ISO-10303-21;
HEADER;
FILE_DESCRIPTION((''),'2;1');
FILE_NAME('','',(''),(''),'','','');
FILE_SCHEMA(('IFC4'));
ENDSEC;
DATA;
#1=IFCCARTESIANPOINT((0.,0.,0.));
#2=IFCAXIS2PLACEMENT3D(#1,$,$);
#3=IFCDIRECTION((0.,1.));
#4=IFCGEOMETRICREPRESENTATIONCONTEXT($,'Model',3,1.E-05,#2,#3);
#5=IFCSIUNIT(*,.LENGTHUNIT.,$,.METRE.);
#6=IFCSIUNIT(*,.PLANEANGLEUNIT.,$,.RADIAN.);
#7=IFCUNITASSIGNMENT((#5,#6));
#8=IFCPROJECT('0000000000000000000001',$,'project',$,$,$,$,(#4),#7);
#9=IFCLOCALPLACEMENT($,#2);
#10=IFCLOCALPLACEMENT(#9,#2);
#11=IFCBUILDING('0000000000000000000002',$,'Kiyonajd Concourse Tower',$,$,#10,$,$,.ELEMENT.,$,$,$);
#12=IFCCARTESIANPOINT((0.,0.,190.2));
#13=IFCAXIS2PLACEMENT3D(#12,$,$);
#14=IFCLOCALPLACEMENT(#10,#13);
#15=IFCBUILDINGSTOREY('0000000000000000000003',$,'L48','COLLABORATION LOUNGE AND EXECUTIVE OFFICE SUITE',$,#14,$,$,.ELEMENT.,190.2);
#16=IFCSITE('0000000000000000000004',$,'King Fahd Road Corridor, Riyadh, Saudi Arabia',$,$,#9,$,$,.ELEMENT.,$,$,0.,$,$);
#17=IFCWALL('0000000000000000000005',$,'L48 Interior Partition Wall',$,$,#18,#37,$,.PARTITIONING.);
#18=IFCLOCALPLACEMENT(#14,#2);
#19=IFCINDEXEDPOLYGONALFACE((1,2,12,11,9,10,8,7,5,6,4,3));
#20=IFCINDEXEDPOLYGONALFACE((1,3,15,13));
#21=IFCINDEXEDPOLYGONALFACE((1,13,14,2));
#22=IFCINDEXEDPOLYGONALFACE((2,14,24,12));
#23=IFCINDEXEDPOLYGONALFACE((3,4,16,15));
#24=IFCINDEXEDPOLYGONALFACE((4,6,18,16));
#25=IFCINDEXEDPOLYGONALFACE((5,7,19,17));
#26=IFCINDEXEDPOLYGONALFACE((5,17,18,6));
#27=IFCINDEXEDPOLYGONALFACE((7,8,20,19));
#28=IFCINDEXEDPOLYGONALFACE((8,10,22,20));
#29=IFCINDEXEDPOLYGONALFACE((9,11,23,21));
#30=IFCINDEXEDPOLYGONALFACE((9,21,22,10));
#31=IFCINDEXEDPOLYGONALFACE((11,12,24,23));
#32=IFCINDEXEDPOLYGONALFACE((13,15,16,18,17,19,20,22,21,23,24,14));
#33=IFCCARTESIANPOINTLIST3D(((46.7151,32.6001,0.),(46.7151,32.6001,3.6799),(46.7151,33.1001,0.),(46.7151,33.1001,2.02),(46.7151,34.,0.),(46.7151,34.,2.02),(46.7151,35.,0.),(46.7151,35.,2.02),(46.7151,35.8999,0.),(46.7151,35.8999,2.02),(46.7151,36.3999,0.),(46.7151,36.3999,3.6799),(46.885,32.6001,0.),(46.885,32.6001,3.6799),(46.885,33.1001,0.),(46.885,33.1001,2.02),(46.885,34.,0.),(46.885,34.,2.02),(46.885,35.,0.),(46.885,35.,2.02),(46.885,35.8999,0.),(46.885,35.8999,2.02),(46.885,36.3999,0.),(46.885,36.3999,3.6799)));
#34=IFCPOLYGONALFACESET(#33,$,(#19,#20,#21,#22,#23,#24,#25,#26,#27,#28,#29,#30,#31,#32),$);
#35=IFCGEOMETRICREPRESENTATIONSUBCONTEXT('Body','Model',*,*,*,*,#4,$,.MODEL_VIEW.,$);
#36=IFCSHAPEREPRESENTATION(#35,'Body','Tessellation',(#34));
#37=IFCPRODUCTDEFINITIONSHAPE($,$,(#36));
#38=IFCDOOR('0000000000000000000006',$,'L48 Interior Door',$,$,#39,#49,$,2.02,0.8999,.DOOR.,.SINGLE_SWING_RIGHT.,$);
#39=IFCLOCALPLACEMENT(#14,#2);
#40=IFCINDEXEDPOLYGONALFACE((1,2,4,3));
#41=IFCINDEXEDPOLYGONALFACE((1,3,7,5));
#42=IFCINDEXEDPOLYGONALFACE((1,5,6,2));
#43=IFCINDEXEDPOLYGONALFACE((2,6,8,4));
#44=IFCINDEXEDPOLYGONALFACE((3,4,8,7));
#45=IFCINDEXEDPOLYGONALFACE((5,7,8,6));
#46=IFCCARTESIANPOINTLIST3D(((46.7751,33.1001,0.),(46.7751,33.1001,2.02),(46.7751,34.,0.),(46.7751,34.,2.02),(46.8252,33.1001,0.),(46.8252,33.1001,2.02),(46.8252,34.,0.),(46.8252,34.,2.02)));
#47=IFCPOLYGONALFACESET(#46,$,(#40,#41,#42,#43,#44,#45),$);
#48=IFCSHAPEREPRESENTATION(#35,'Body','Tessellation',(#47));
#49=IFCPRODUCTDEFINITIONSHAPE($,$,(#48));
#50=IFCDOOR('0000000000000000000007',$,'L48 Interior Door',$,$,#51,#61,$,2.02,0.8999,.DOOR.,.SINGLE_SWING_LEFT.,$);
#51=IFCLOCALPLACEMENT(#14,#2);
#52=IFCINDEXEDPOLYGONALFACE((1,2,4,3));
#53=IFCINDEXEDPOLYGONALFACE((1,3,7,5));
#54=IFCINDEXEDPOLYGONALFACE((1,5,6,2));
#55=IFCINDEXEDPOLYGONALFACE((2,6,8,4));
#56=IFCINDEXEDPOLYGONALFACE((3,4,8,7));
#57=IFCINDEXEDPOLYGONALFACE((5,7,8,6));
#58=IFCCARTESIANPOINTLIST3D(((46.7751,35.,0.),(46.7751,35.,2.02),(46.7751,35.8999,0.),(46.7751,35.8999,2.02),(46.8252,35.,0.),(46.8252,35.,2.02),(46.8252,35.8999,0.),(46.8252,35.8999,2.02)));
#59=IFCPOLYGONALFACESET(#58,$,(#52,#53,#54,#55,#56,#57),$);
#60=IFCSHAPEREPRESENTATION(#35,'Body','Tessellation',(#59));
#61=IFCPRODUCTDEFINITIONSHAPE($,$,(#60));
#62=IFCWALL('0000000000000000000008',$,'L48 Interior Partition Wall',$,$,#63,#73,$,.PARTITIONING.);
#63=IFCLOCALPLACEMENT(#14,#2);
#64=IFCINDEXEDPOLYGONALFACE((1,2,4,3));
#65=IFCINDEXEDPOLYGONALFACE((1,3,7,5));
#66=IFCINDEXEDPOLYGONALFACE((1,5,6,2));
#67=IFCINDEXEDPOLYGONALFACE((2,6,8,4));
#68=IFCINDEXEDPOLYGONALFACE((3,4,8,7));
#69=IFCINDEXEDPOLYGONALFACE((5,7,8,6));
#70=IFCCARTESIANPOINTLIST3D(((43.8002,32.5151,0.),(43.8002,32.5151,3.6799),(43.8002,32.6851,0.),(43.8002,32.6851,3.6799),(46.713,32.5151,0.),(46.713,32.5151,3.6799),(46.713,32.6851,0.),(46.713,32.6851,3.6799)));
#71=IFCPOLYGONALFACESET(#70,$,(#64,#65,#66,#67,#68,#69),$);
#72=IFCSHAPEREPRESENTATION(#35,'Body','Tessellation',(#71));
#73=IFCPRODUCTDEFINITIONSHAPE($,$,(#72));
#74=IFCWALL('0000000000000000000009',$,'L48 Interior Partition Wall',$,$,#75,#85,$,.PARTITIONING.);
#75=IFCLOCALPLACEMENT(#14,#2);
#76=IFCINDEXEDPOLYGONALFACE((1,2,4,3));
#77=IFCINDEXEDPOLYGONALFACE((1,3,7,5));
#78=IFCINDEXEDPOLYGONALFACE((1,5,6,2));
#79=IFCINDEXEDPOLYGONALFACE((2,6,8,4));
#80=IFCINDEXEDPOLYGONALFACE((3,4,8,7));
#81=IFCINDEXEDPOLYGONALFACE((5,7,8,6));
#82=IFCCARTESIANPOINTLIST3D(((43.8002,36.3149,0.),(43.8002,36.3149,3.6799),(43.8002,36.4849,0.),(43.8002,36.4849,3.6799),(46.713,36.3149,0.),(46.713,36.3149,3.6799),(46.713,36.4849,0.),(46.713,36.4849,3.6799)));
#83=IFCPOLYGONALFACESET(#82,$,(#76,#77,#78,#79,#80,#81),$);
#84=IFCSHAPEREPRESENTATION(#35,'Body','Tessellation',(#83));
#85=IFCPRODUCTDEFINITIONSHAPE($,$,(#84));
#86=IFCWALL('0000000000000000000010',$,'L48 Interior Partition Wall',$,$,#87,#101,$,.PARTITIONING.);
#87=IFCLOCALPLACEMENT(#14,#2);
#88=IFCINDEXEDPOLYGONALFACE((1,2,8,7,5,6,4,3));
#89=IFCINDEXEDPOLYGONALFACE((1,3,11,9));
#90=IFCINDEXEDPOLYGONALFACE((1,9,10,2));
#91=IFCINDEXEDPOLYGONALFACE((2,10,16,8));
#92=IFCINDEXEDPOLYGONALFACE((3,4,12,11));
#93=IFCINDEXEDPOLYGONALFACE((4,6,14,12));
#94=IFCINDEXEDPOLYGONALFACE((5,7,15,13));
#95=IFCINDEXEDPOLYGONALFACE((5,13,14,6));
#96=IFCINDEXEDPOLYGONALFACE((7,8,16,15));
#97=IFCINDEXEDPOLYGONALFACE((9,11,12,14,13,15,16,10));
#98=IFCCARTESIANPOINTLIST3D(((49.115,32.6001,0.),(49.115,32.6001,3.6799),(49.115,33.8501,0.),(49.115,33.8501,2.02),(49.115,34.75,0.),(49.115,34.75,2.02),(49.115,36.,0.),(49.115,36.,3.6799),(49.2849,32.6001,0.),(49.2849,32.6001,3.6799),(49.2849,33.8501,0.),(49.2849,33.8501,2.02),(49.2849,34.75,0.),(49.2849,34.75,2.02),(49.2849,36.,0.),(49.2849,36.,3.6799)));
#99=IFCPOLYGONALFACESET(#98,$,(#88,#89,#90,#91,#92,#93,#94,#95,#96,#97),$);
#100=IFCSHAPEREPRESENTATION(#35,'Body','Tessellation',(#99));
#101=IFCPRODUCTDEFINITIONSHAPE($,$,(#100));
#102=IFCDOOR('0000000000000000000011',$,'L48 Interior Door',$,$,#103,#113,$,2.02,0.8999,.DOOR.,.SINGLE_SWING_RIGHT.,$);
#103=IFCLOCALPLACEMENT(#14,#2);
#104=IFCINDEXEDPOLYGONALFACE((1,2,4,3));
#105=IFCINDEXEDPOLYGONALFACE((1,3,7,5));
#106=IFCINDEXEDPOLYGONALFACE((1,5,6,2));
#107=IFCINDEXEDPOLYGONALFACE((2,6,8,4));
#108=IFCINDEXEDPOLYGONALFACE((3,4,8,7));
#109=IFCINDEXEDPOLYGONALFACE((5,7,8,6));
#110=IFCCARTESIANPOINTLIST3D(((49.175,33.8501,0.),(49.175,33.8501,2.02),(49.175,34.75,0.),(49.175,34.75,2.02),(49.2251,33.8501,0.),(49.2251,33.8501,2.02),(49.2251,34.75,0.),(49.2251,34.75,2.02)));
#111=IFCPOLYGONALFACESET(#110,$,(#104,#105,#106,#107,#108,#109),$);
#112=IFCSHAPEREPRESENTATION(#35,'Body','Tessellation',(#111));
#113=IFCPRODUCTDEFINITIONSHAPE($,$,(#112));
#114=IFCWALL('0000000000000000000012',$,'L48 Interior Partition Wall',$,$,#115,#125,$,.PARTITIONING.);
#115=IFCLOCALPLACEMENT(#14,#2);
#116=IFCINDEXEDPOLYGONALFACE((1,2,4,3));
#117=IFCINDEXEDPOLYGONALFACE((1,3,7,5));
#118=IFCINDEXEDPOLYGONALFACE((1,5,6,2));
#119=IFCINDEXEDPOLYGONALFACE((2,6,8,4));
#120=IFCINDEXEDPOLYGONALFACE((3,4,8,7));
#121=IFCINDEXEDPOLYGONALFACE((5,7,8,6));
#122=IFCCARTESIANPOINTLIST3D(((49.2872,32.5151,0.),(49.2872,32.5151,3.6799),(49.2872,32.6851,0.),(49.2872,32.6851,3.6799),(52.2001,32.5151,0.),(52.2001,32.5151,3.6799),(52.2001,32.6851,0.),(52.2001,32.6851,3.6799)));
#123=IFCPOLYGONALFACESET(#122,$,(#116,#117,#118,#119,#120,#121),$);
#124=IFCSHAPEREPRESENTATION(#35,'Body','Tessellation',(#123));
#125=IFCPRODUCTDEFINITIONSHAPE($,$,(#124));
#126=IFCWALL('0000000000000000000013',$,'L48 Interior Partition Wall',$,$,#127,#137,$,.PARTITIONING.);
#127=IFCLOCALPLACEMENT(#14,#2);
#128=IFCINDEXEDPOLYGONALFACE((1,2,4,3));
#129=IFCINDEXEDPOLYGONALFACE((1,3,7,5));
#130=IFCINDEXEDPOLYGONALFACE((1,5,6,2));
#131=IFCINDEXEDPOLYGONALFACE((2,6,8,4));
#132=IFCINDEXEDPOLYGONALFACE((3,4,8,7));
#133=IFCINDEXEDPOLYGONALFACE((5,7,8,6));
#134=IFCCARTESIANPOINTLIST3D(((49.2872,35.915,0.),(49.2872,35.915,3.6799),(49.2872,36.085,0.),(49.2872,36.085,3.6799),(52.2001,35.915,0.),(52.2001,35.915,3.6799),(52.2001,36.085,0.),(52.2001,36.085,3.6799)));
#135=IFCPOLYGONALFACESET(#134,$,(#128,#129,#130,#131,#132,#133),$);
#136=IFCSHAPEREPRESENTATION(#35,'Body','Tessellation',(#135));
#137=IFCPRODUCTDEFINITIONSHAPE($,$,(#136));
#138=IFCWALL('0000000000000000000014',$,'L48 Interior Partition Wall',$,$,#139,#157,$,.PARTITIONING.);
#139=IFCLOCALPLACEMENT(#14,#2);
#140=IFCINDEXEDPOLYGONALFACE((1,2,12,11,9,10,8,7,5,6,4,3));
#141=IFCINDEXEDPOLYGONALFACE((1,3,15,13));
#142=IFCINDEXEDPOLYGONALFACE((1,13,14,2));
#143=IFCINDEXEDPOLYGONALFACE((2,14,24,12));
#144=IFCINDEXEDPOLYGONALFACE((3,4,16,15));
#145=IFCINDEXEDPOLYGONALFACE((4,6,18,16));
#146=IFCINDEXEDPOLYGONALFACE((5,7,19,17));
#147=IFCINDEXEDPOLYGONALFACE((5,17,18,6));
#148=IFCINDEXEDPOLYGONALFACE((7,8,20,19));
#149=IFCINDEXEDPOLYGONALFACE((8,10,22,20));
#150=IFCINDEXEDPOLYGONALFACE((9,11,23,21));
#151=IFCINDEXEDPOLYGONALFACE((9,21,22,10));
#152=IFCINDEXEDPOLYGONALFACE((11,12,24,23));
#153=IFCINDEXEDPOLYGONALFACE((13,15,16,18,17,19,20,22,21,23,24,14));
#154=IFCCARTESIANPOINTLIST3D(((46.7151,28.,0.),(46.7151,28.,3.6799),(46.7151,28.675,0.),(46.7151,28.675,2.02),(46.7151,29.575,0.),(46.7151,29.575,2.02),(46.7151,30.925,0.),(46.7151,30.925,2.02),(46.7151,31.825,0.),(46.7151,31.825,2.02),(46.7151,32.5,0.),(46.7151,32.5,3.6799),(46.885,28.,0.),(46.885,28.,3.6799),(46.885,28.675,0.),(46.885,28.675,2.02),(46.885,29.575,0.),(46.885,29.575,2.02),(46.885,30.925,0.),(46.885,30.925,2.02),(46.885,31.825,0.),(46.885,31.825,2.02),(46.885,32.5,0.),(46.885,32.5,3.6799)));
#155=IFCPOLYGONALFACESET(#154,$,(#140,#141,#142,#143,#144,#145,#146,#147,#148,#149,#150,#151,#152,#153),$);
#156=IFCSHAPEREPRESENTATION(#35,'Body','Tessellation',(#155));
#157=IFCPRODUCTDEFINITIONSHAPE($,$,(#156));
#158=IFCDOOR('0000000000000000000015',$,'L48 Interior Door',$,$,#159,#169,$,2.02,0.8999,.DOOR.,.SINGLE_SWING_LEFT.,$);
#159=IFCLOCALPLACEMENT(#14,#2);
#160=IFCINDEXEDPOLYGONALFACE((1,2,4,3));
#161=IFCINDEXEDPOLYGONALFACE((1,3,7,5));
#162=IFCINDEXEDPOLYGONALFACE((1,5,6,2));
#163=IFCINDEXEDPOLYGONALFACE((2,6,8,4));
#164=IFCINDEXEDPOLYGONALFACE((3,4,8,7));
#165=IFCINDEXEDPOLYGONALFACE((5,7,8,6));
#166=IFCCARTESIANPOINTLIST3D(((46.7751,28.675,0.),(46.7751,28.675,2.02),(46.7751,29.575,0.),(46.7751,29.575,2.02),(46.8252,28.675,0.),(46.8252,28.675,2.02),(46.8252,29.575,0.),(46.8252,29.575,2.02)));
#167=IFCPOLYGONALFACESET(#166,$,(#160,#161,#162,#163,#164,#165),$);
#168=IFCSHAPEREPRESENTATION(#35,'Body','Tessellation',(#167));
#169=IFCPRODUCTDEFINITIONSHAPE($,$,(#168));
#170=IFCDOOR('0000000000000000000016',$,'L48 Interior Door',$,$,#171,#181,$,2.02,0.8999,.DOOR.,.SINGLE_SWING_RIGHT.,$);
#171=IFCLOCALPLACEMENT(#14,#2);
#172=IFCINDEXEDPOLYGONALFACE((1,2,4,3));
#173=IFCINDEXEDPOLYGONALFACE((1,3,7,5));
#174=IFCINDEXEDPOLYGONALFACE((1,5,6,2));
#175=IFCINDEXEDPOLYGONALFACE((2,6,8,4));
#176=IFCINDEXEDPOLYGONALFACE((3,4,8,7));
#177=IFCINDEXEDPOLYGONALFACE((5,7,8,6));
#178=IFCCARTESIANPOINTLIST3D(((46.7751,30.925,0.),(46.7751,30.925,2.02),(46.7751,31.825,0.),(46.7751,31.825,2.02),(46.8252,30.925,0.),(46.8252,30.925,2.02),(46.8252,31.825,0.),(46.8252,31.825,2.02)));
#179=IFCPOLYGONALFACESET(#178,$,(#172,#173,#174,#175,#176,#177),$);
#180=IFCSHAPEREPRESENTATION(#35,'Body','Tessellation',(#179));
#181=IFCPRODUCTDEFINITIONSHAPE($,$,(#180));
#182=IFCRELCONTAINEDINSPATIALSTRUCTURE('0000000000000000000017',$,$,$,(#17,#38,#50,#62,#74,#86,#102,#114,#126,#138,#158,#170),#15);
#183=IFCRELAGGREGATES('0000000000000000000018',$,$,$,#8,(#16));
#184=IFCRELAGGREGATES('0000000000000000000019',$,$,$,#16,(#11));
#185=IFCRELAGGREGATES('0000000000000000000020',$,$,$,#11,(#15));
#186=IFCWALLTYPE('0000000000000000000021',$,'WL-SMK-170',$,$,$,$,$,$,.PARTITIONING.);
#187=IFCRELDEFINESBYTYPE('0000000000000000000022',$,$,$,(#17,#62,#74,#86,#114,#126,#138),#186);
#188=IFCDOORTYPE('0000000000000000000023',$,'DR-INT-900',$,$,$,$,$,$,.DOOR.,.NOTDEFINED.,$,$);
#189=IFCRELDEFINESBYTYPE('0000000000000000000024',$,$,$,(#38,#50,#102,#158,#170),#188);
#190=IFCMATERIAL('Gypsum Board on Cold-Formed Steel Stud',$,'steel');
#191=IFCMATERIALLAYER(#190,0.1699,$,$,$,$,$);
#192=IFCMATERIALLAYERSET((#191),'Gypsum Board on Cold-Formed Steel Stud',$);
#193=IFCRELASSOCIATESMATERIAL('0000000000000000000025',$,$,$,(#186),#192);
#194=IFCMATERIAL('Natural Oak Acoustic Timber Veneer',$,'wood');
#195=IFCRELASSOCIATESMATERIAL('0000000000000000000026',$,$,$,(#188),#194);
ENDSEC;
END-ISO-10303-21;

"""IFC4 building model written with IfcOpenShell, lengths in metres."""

from ifc_helpers import new_model, si_unit, direction, frame, frame_2d, origin, place, context, subcontext, project, spatial, rectangle, extrude, material, layer, layer_set, type_object, element, fill, save


model = new_model("IFC4")

# Units and contexts
model_context = context("Model", 3, precision=1e-05, world=origin(), true_north=direction((0.0, 1.0)))
body_context = subcontext(model_context, "Body", "Model", "MODEL_VIEW")
ifc_project = project(units=[si_unit("LENGTHUNIT", "METRE"), si_unit("PLANEANGLEUNIT", "RADIAN")], contexts=[model_context])

# Site, building, storey
site_placement = place(None, origin())
site = spatial("IfcSite", under=ifc_project, at=site_placement, Name="King Fahd Road Corridor, Riyadh, Saudi Arabia", CompositionType="ELEMENT", RefElevation=0.0)
building_placement = place(site_placement, origin())
building = spatial("IfcBuilding", under=site, at=building_placement, Name="Kiyonajd Concourse Tower", CompositionType="ELEMENT")
storey_placement = place(building_placement, frame((0.0, 0.0, 190.2)))
storey = spatial("IfcBuildingStorey", under=building, at=storey_placement, Name="L48", Description="COLLABORATION LOUNGE AND EXECUTIVE OFFICE SUITE", CompositionType="ELEMENT", Elevation=190.2)

# Shared definitions
ifc_material_1 = material(Name="Gypsum Board on Cold-Formed Steel Stud", Category="steel")

# Wall, openings, doors
ifc_layer_1 = layer(ifc_material_1, 0.1699)
ifc_layer_set_1 = layer_set([ifc_layer_1], Name="Gypsum Board on Cold-Formed Steel Stud")
wall_type_1 = type_object("IfcWallType", Name="WL-SMK-170", PredefinedType="PARTITIONING", material=ifc_layer_set_1)
wall_1_placement = place(storey_placement, frame((46.8, 32.6001, 0.0), z_axis=(0.0, 0.0, 1.0), x_axis=(0.0, 1.0, 0.0)))
wall_1 = element("IfcWall", 1, at=wall_1_placement, inside=storey, type_object=wall_type_1, Name="L48 Interior Partition Wall", PredefinedType="PARTITIONING", context=body_context, shape_type="SweptSolid", body=[
    extrude(rectangle(XDim=3.7998, YDim=0.1699, at=frame_2d((1.8999, 0.0))), origin(), (0.0, 0.0, 1.0), 3.6799),
])
opening_1_placement = place(wall_1_placement, frame((0.5, 0.0, 0.0)))
opening_1 = element("IfcOpeningElement", 2, at=opening_1_placement, cuts=wall_1, PredefinedType="OPENING", context=body_context, shape_type="SweptSolid", body=[
    extrude(rectangle(XDim=0.8999, YDim=2.02, at=frame_2d((0.45, 1.01))), frame((0.0, 0.095, 0.0), z_axis=(0.0, -1.0, 0.0), x_axis=(1.0, 0.0, 0.0)), (0.0, 0.0, 1.0), 0.1899),
])
opening_2_placement = place(wall_1_placement, frame((2.3999, 0.0, 0.0)))
opening_2 = element("IfcOpeningElement", 3, at=opening_2_placement, cuts=wall_1, PredefinedType="OPENING", context=body_context, shape_type="SweptSolid", body=[
    extrude(rectangle(XDim=0.8999, YDim=2.02, at=frame_2d((0.45, 1.01))), frame((0.0, 0.095, 0.0), z_axis=(0.0, -1.0, 0.0), x_axis=(1.0, 0.0, 0.0)), (0.0, 0.0, 1.0), 0.1899),
])
ifc_material_2 = material(Name="Natural Oak Acoustic Timber Veneer", Category="wood")
door_type_1 = type_object("IfcDoorType", Name="DR-INT-900", OperationType="NOTDEFINED", PredefinedType="DOOR", material=ifc_material_2)
door_1_placement = place(opening_1_placement, origin())
door_1 = element("IfcDoor", 4, at=door_1_placement, inside=storey, type_object=door_type_1, Name="L48 Interior Door", OperationType="SINGLE_SWING_RIGHT", OverallHeight=2.02, OverallWidth=0.8999, PredefinedType="DOOR", context=body_context, shape_type="SweptSolid", body=[
    extrude(rectangle(XDim=0.8999, YDim=2.02, at=frame_2d((0.45, 1.01))), frame((0.0, 0.0249, 0.0), z_axis=(0.0, -1.0, 0.0), x_axis=(1.0, 0.0, 0.0)), (0.0, 0.0, 1.0), 0.05),
])
fill(opening_1, door_1)
door_2_placement = place(opening_2_placement, origin())
door_2 = element("IfcDoor", 5, at=door_2_placement, inside=storey, type_object=door_type_1, Name="L48 Interior Door", OperationType="SINGLE_SWING_LEFT", OverallHeight=2.02, OverallWidth=0.8999, PredefinedType="DOOR", context=body_context, shape_type="SweptSolid", body=[
    extrude(rectangle(XDim=0.8999, YDim=2.02, at=frame_2d((0.45, 1.01))), frame((0.0, 0.0249, 0.0), z_axis=(0.0, -1.0, 0.0), x_axis=(1.0, 0.0, 0.0)), (0.0, 0.0, 1.0), 0.05),
])
fill(opening_2, door_2)

# Walls
for number, where, z_axis, x_axis, name in (
    (6, (43.8, 32.6001, 0.0), (0.0, 0.0, 1.0), (1.0, 0.0, 0.0), "L48 Interior Partition Wall"),
    (7, (43.8, 36.3999, 0.0), (0.0, 0.0, 1.0), (1.0, 0.0, 0.0), "L48 Interior Partition Wall"),
):
    element("IfcWall", number, at=place(storey_placement, frame(where, z_axis=z_axis, x_axis=x_axis)), inside=storey, type_object=wall_type_1, Name=name, PredefinedType="PARTITIONING", context=body_context, shape_type="SweptSolid", body=[
        extrude(rectangle(XDim=2.9128, YDim=0.1699, at=frame_2d((1.4565, 0.0))), origin(), (0.0, 0.0, 1.0), 3.6799),
    ])

# Wall, opening, door
wall_2_placement = place(storey_placement, frame((49.2, 32.6001, 0.0), z_axis=(0.0, 0.0, 1.0), x_axis=(0.0, 1.0, 0.0)))
wall_2 = element("IfcWall", 8, at=wall_2_placement, inside=storey, type_object=wall_type_1, Name="L48 Interior Partition Wall", PredefinedType="PARTITIONING", context=body_context, shape_type="SweptSolid", body=[
    extrude(rectangle(XDim=3.3999, YDim=0.1699, at=frame_2d((1.7, 0.0))), origin(), (0.0, 0.0, 1.0), 3.6799),
])
opening_3_placement = place(wall_2_placement, frame((1.25, 0.0, 0.0)))
opening_3 = element("IfcOpeningElement", 9, at=opening_3_placement, cuts=wall_2, PredefinedType="OPENING", context=body_context, shape_type="SweptSolid", body=[
    extrude(rectangle(XDim=0.8999, YDim=2.02, at=frame_2d((0.45, 1.01))), frame((0.0, 0.095, 0.0), z_axis=(0.0, -1.0, 0.0), x_axis=(1.0, 0.0, 0.0)), (0.0, 0.0, 1.0), 0.1899),
])
door_3_placement = place(opening_3_placement, origin())
door_3 = element("IfcDoor", 10, at=door_3_placement, inside=storey, type_object=door_type_1, Name="L48 Interior Door", OperationType="SINGLE_SWING_RIGHT", OverallHeight=2.02, OverallWidth=0.8999, PredefinedType="DOOR", context=body_context, shape_type="SweptSolid", body=[
    extrude(rectangle(XDim=0.8999, YDim=2.02, at=frame_2d((0.45, 1.01))), frame((0.0, 0.0249, 0.0), z_axis=(0.0, -1.0, 0.0), x_axis=(1.0, 0.0, 0.0)), (0.0, 0.0, 1.0), 0.05),
])
fill(opening_3, door_3)

# Walls
for number, where, z_axis, x_axis, name in (
    (11, (49.2871, 32.6001, 0.0), (0.0, 0.0, 1.0), (1.0, 0.0, 0.0), "L48 Interior Partition Wall"),
    (12, (49.2871, 36.0, 0.0), (0.0, 0.0, 1.0), (1.0, 0.0, 0.0), "L48 Interior Partition Wall"),
):
    element("IfcWall", number, at=place(storey_placement, frame(where, z_axis=z_axis, x_axis=x_axis)), inside=storey, type_object=wall_type_1, Name=name, PredefinedType="PARTITIONING", context=body_context, shape_type="SweptSolid", body=[
        extrude(rectangle(XDim=2.9128, YDim=0.1699, at=frame_2d((1.4565, 0.0))), origin(), (0.0, 0.0, 1.0), 3.6799),
    ])

# Wall, openings, doors
wall_3_placement = place(storey_placement, frame((46.8, 28.0, 0.0), z_axis=(0.0, 0.0, 1.0), x_axis=(0.0, 1.0, 0.0)))
wall_3 = element("IfcWall", 13, at=wall_3_placement, inside=storey, type_object=wall_type_1, Name="L48 Interior Partition Wall", PredefinedType="PARTITIONING", context=body_context, shape_type="SweptSolid", body=[
    extrude(rectangle(XDim=4.5, YDim=0.1699, at=frame_2d((2.25, 0.0))), origin(), (0.0, 0.0, 1.0), 3.6799),
])
opening_4_placement = place(wall_3_placement, frame((0.675, 0.0, 0.0)))
opening_4 = element("IfcOpeningElement", 14, at=opening_4_placement, cuts=wall_3, PredefinedType="OPENING", context=body_context, shape_type="SweptSolid", body=[
    extrude(rectangle(XDim=0.8999, YDim=2.02, at=frame_2d((0.45, 1.01))), frame((0.0, 0.095, 0.0), z_axis=(0.0, -1.0, 0.0), x_axis=(1.0, 0.0, 0.0)), (0.0, 0.0, 1.0), 0.1899),
])
opening_5_placement = place(wall_3_placement, frame((2.925, 0.0, 0.0)))
opening_5 = element("IfcOpeningElement", 15, at=opening_5_placement, cuts=wall_3, PredefinedType="OPENING", context=body_context, shape_type="SweptSolid", body=[
    extrude(rectangle(XDim=0.8999, YDim=2.02, at=frame_2d((0.45, 1.01))), frame((0.0, 0.095, 0.0), z_axis=(0.0, -1.0, 0.0), x_axis=(1.0, 0.0, 0.0)), (0.0, 0.0, 1.0), 0.1899),
])
door_4_placement = place(opening_4_placement, origin())
door_4 = element("IfcDoor", 16, at=door_4_placement, inside=storey, type_object=door_type_1, Name="L48 Interior Door", OperationType="SINGLE_SWING_LEFT", OverallHeight=2.02, OverallWidth=0.8999, PredefinedType="DOOR", context=body_context, shape_type="SweptSolid", body=[
    extrude(rectangle(XDim=0.8999, YDim=2.02, at=frame_2d((0.45, 1.01))), frame((0.0, 0.0249, 0.0), z_axis=(0.0, -1.0, 0.0), x_axis=(1.0, 0.0, 0.0)), (0.0, 0.0, 1.0), 0.05),
])
fill(opening_4, door_4)
door_5_placement = place(opening_5_placement, origin())
door_5 = element("IfcDoor", 17, at=door_5_placement, inside=storey, type_object=door_type_1, Name="L48 Interior Door", OperationType="SINGLE_SWING_RIGHT", OverallHeight=2.02, OverallWidth=0.8999, PredefinedType="DOOR", context=body_context, shape_type="SweptSolid", body=[
    extrude(rectangle(XDim=0.8999, YDim=2.02, at=frame_2d((0.45, 1.01))), frame((0.0, 0.0249, 0.0), z_axis=(0.0, -1.0, 0.0), x_axis=(1.0, 0.0, 0.0)), (0.0, 0.0, 1.0), 0.05),
])
fill(opening_5, door_5)

save(model, "model.ifc")
